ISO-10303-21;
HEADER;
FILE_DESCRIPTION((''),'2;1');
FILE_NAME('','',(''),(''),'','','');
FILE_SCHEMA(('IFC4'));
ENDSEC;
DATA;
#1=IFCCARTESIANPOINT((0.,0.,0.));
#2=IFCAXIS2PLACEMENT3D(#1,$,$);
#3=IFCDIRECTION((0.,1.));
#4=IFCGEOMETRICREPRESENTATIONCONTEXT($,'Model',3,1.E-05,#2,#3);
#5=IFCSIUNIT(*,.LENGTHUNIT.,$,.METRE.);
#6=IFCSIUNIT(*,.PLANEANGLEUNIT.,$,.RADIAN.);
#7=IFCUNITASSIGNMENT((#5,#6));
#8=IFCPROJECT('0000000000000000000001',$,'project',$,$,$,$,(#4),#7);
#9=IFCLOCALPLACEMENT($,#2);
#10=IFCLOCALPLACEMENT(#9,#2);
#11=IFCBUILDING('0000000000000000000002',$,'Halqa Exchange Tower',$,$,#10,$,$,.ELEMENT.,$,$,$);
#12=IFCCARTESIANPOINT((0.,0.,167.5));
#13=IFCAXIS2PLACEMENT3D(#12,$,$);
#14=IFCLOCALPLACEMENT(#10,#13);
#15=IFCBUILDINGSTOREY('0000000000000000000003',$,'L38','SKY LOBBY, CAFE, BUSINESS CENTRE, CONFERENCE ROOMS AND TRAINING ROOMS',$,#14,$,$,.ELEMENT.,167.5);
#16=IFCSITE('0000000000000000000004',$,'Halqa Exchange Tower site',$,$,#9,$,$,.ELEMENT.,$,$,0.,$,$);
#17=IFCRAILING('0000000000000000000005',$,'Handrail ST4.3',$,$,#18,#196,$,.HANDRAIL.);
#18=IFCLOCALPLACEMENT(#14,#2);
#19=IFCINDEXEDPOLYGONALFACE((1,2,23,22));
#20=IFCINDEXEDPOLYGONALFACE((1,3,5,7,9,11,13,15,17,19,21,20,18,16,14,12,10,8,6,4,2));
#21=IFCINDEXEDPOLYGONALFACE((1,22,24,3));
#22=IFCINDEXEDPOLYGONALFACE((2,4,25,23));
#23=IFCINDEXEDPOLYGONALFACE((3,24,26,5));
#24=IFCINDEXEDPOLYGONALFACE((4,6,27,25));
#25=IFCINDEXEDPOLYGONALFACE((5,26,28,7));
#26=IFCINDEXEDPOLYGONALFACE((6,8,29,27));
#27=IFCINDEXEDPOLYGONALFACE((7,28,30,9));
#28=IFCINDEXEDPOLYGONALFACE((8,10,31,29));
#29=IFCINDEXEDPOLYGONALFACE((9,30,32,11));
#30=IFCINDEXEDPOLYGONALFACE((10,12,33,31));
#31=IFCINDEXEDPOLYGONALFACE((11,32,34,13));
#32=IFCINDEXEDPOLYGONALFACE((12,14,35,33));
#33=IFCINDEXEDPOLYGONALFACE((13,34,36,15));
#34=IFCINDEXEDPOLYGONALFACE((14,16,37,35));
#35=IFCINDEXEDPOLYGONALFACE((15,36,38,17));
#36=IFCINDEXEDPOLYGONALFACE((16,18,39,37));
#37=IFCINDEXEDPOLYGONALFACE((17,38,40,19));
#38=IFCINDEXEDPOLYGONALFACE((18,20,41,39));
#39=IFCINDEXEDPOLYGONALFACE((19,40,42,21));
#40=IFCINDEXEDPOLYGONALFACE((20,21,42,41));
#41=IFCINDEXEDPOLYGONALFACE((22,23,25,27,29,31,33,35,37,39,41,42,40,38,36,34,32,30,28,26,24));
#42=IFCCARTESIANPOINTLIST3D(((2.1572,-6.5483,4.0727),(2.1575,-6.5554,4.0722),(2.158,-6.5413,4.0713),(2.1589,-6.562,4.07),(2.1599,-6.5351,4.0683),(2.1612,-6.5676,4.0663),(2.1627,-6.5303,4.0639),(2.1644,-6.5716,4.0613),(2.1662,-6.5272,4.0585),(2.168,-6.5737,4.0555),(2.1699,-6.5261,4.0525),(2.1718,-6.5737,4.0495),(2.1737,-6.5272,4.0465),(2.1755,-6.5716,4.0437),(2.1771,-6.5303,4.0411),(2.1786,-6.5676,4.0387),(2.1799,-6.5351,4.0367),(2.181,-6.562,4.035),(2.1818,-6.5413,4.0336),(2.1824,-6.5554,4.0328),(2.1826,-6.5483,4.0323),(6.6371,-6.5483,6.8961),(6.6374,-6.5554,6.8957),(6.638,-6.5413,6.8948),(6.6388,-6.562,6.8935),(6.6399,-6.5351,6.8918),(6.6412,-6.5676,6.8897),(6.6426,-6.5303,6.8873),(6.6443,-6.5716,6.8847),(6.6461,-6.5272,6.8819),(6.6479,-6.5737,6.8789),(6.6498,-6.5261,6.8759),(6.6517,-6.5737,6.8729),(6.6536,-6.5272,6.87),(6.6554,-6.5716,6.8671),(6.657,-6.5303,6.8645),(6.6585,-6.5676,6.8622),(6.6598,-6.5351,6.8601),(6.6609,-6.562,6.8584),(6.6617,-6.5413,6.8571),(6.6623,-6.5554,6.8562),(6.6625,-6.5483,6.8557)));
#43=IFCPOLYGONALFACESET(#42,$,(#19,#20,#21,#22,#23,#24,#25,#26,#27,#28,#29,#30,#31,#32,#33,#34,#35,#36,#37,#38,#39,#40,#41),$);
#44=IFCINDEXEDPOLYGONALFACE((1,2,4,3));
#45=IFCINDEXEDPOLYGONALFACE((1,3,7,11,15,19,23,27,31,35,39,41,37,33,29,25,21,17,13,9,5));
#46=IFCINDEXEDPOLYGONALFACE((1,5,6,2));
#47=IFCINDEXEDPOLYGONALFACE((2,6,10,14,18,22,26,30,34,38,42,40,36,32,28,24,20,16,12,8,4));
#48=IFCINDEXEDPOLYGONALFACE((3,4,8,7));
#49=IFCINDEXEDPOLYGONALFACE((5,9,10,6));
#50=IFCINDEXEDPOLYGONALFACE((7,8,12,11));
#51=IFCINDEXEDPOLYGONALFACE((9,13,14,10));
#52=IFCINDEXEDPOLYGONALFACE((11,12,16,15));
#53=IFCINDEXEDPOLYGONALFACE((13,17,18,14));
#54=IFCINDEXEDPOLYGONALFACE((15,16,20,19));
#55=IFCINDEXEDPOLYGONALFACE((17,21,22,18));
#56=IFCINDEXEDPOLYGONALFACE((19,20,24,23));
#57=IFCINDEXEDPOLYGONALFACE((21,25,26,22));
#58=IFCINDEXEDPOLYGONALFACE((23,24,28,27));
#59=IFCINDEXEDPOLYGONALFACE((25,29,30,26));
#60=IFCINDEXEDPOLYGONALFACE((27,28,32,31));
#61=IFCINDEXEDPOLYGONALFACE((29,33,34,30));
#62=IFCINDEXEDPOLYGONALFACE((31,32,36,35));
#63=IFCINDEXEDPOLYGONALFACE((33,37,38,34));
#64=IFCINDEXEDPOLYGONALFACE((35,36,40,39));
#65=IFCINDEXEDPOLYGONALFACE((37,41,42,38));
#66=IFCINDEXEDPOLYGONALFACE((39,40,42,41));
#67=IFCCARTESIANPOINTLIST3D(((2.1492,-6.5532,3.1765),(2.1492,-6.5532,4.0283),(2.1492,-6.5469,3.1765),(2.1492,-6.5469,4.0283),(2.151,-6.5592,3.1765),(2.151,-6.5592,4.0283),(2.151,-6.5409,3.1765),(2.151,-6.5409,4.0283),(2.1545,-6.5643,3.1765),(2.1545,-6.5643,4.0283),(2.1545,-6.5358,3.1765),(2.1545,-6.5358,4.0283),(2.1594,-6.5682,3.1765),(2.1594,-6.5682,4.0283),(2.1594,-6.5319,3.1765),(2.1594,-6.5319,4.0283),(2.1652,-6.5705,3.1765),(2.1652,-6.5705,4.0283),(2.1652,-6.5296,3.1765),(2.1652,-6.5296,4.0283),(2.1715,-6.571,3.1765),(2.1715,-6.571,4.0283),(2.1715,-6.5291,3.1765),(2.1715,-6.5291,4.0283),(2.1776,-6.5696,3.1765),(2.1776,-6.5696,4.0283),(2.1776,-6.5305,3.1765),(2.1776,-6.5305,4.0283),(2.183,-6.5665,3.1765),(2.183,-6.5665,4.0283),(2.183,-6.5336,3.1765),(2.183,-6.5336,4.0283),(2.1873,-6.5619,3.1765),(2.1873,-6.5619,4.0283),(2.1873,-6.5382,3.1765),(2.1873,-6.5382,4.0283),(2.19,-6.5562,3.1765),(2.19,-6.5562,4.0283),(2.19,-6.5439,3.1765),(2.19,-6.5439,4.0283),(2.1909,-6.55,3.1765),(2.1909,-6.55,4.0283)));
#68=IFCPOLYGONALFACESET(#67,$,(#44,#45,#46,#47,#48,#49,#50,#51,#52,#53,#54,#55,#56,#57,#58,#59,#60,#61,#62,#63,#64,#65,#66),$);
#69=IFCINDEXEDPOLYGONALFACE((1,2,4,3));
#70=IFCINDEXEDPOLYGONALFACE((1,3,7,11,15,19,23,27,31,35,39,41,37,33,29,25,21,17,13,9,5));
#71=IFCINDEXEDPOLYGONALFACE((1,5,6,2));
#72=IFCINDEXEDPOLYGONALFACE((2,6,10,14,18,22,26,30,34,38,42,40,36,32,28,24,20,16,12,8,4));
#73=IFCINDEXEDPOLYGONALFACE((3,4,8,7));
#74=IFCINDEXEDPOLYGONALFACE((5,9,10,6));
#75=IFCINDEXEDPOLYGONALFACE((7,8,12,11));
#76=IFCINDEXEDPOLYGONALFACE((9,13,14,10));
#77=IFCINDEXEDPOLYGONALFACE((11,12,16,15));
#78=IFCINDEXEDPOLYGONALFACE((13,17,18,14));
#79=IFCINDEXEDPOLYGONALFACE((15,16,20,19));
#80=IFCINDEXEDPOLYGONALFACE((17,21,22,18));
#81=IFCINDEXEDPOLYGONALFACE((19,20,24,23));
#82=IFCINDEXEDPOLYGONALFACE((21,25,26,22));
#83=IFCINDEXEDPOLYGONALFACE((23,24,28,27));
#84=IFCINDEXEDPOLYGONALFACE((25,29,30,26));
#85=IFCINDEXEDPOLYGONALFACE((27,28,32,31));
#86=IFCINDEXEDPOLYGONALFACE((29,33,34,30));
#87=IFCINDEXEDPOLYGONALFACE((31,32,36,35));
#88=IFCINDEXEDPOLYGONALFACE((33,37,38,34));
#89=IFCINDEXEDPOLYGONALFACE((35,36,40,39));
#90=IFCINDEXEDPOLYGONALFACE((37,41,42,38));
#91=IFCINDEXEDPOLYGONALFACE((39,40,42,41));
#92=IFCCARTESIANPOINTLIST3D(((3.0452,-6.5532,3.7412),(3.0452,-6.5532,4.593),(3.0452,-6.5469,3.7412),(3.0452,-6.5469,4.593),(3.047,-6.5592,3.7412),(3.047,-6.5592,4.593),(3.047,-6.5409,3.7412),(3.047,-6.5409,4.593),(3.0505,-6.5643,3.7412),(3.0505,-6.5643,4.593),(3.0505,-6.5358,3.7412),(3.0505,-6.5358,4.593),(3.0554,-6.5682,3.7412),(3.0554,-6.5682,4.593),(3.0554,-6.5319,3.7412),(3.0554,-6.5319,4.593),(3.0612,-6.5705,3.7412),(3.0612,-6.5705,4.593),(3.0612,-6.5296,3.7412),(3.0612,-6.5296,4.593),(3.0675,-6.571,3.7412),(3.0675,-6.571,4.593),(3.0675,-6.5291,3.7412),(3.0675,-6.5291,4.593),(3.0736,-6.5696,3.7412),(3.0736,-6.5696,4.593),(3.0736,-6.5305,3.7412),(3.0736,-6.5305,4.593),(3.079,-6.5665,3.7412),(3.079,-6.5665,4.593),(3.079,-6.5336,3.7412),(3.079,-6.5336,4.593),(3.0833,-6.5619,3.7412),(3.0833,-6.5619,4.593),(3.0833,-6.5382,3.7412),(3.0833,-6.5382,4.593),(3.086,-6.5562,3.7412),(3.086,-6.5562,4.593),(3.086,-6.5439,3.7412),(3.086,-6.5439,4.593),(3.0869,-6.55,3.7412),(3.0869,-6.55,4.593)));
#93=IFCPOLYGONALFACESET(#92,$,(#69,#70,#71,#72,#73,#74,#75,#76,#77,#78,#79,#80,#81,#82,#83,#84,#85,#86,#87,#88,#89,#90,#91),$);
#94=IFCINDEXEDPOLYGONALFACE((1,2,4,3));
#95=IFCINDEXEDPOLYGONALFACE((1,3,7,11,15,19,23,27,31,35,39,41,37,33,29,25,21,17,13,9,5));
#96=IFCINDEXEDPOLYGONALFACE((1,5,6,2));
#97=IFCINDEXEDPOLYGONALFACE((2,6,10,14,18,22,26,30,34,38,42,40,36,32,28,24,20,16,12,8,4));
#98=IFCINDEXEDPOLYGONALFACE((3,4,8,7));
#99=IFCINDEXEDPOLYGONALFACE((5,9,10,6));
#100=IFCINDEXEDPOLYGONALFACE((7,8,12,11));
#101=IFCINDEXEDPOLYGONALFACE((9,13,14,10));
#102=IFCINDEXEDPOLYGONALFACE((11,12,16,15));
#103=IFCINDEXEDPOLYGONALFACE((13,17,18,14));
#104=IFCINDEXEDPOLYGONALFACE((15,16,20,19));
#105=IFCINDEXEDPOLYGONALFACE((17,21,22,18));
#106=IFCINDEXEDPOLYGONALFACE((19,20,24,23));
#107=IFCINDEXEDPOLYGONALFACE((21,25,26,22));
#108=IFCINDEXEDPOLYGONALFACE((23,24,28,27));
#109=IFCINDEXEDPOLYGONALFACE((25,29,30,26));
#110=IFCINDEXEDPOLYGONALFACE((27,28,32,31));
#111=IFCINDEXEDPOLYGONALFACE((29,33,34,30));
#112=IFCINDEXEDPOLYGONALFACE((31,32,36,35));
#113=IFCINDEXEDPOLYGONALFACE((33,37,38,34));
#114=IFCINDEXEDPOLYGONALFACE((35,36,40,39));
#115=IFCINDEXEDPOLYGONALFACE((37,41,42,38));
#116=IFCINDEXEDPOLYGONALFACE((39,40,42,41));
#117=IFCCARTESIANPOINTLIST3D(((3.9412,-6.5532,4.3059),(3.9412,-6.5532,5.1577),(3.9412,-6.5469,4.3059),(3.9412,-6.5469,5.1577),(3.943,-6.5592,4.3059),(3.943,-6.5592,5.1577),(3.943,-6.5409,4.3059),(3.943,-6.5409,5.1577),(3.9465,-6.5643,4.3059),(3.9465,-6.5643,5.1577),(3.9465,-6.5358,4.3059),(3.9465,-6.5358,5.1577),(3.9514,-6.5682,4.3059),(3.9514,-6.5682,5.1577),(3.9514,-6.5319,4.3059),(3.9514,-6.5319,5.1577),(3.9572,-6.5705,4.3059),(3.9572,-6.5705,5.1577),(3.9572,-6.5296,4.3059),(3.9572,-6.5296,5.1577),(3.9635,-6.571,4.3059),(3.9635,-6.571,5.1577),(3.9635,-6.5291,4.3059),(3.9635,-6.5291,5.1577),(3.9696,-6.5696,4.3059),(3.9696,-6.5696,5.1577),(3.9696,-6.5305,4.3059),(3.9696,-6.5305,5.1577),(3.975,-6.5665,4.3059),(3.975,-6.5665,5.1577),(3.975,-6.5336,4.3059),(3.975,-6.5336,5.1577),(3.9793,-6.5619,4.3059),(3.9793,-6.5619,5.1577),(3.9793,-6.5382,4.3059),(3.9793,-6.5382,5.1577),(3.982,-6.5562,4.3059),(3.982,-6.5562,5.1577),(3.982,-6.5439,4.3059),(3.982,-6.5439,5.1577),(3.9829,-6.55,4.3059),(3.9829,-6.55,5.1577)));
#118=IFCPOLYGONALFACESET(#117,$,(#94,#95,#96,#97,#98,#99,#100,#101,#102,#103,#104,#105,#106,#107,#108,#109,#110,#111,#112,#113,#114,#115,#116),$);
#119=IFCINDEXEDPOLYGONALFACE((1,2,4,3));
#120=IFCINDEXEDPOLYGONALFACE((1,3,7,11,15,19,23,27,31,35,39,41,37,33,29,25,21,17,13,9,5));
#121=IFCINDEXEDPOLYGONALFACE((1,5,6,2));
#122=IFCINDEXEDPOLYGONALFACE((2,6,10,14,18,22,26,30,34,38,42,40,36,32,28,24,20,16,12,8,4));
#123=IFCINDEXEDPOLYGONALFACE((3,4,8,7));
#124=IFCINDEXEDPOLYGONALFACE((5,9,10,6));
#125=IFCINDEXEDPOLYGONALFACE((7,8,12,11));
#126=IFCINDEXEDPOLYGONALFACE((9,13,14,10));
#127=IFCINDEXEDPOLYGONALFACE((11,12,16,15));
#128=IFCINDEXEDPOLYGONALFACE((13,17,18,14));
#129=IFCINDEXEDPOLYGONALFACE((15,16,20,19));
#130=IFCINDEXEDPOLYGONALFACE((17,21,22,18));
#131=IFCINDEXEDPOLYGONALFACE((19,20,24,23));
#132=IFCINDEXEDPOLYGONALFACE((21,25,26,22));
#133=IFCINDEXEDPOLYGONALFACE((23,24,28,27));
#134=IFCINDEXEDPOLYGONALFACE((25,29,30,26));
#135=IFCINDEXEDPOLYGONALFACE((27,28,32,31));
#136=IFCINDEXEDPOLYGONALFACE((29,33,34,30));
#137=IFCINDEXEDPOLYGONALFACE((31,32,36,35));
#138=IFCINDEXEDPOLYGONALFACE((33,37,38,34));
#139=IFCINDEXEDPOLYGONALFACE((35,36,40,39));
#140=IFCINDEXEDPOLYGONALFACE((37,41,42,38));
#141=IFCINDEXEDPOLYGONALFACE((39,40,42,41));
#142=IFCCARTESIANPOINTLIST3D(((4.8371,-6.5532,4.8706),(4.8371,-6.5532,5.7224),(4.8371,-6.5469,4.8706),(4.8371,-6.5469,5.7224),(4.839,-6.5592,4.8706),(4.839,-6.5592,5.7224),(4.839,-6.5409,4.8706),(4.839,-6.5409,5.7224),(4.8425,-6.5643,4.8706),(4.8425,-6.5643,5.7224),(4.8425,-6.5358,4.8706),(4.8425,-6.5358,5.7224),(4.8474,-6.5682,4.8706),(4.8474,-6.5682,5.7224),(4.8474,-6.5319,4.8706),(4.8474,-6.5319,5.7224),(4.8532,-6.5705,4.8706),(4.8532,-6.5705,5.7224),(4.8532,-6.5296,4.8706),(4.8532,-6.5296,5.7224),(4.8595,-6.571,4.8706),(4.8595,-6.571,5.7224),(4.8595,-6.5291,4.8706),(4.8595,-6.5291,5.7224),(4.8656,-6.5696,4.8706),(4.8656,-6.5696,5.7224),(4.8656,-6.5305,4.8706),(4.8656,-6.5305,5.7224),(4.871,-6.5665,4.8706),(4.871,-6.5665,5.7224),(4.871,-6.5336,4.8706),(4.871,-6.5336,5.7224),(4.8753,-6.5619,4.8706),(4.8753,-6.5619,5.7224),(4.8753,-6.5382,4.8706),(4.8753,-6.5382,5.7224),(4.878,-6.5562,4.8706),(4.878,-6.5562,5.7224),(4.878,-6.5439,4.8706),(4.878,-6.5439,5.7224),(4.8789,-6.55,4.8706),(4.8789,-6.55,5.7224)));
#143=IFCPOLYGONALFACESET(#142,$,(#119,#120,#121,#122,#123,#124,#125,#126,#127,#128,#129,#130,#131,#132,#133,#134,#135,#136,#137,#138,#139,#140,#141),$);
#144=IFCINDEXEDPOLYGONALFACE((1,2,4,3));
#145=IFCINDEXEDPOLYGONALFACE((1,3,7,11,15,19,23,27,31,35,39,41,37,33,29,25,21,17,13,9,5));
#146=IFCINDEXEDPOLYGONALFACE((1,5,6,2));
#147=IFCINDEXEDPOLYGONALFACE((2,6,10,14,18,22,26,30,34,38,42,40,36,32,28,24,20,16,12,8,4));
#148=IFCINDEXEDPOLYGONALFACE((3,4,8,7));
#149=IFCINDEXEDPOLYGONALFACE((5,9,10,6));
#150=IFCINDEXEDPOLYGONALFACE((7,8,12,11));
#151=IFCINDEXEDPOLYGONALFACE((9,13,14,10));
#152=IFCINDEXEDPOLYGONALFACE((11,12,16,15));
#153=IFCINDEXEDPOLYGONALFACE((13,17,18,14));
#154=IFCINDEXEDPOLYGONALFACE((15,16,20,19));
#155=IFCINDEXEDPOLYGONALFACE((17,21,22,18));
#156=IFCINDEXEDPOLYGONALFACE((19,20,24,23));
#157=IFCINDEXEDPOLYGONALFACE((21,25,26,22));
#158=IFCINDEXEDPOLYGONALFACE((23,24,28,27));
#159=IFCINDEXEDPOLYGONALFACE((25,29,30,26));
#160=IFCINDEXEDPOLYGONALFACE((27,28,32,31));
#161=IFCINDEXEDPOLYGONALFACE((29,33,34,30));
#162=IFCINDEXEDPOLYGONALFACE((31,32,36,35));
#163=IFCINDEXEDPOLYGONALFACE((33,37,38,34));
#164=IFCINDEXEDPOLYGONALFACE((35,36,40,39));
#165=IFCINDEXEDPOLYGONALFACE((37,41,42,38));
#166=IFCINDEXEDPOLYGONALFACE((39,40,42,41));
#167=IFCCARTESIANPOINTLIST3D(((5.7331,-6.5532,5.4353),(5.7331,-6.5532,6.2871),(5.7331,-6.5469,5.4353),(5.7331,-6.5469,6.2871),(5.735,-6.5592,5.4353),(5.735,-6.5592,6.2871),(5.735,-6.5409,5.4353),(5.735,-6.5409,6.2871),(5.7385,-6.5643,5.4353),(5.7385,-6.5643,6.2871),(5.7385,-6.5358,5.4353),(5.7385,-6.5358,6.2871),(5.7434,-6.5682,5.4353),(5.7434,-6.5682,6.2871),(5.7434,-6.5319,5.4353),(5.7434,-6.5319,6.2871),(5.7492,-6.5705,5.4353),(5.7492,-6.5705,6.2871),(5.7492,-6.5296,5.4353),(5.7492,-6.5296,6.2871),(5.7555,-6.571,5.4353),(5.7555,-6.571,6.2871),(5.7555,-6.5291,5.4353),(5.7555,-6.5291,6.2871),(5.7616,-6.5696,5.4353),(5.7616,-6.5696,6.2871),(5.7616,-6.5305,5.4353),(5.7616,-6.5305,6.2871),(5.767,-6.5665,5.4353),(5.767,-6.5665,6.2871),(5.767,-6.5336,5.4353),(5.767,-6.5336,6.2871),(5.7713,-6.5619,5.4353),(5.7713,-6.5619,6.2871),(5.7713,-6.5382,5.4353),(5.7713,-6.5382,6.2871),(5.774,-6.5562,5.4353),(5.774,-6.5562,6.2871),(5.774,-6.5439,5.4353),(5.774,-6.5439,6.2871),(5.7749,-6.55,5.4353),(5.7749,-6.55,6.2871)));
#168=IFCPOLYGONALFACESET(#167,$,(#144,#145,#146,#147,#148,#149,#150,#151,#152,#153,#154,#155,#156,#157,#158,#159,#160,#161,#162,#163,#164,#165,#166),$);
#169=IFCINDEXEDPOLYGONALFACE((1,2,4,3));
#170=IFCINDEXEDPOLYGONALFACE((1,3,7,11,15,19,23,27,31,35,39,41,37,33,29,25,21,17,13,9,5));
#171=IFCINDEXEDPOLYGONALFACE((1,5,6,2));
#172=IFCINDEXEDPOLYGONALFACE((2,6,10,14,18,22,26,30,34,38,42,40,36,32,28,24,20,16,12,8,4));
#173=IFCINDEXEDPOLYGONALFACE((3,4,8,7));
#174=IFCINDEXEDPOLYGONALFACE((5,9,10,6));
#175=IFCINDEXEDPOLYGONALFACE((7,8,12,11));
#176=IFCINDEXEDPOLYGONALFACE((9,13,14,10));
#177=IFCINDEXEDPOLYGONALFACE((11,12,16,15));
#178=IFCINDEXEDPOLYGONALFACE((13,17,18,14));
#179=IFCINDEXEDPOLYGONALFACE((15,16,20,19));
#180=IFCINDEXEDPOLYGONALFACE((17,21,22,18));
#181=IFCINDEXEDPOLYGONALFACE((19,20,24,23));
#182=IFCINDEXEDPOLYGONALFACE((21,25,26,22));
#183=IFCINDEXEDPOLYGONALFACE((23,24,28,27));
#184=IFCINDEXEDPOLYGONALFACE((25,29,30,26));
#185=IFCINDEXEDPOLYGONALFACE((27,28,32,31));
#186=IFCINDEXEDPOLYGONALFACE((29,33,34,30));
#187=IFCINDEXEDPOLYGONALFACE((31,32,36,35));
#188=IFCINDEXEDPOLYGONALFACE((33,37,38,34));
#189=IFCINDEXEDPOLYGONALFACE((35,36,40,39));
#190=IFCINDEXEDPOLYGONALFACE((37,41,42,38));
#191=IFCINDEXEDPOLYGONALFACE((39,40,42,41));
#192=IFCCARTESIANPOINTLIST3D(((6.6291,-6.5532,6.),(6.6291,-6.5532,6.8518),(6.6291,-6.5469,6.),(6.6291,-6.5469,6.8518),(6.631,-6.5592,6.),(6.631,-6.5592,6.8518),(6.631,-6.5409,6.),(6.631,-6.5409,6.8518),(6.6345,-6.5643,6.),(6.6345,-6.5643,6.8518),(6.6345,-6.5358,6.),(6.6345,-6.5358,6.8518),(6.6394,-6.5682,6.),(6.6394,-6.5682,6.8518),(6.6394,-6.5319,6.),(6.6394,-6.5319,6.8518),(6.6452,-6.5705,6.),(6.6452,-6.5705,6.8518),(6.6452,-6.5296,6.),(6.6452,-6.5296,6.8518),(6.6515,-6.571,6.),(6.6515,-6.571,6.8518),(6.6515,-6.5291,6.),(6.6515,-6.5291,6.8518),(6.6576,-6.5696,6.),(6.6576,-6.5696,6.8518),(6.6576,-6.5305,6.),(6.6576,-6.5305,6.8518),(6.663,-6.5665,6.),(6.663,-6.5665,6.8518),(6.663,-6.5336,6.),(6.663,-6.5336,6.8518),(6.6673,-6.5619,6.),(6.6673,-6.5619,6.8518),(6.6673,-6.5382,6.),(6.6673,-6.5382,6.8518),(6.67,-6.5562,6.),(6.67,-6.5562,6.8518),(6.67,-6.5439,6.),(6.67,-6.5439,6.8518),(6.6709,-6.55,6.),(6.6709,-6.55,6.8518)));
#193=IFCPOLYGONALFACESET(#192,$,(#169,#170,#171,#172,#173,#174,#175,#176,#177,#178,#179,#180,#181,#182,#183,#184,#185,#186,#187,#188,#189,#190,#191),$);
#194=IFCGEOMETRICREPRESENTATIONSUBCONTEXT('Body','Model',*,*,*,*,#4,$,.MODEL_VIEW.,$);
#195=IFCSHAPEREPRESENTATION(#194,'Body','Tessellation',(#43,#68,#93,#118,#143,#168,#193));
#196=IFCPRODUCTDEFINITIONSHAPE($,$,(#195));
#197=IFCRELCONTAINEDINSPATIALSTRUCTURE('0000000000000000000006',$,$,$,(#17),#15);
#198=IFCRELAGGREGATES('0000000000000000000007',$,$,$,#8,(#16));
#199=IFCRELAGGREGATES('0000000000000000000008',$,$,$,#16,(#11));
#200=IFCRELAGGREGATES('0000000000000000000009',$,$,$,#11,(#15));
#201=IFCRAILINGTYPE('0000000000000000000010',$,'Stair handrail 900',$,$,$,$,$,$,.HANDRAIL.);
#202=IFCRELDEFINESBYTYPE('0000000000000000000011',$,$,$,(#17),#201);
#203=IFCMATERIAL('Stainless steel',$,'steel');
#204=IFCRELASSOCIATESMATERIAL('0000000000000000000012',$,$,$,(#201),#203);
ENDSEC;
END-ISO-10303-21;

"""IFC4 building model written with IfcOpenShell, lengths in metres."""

from ifc_helpers import new_model, si_unit, direction, frame, origin, origin_2d, place, context, subcontext, project, spatial, circle, extrude, material, type_object, element, save


model = new_model("IFC4")

# Units and contexts
model_context = context("Model", 3, precision=1e-05, world=origin(), true_north=direction((0.0, 1.0)))
body_context = subcontext(model_context, "Body", "Model", "MODEL_VIEW")
ifc_project = project(units=[si_unit("LENGTHUNIT", "METRE"), si_unit("PLANEANGLEUNIT", "RADIAN")], contexts=[model_context])

# Site, building, storey
site_placement = place(None, origin())
site = spatial("IfcSite", under=ifc_project, at=site_placement, Name="Halqa Exchange Tower site", CompositionType="ELEMENT", RefElevation=0.0)
building_placement = place(site_placement, origin())
building = spatial("IfcBuilding", under=site, at=building_placement, Name="Halqa Exchange Tower", CompositionType="ELEMENT")
storey_placement = place(building_placement, frame((0.0, 0.0, 167.5)))
storey = spatial("IfcBuildingStorey", under=building, at=storey_placement, Name="L38", Description="SKY LOBBY, CAFE, BUSINESS CENTRE, CONFERENCE ROOMS AND TRAINING ROOMS", CompositionType="ELEMENT", Elevation=167.5)

# Railing
ifc_material_1 = material(Name="Stainless steel", Category="steel")
railing_type = type_object("IfcRailingType", Name="Stair handrail 900", PredefinedType="HANDRAIL", material=ifc_material_1)
railing_1_placement = place(storey_placement, frame((2.1699, -6.55, 3.1765)))
element("IfcRailing", 1, at=railing_1_placement, inside=storey, type_object=railing_type, Name="Handrail ST4.3", PredefinedType="HANDRAIL", context=body_context, shape_type="SweptSolid", body=[
    extrude(circle(Radius=0.0239, at=origin_2d()), frame((0.0, 0.0, 0.876), z_axis=(0.845998, 0.0, 0.533186), x_axis=(0.0, 1.0, 0.0)), (0.0, 0.0, 1.0), 5.2954),
    extrude(circle(Radius=0.021, at=origin_2d()), origin(), (0.0, 0.0, 1.0), 0.8518),
    extrude(circle(Radius=0.021, at=origin_2d()), frame((0.896, 0.0, 0.5647)), (0.0, 0.0, 1.0), 0.8518),
    extrude(circle(Radius=0.021, at=origin_2d()), frame((1.792, 0.0, 1.1294)), (0.0, 0.0, 1.0), 0.8518),
    extrude(circle(Radius=0.021, at=origin_2d()), frame((2.688, 0.0, 1.6941)), (0.0, 0.0, 1.0), 0.8518),
    extrude(circle(Radius=0.021, at=origin_2d()), frame((3.584, 0.0, 2.2588)), (0.0, 0.0, 1.0), 0.8518),
    extrude(circle(Radius=0.021, at=origin_2d()), frame((4.48, 0.0, 2.8235)), (0.0, 0.0, 1.0), 0.8518),
])

save(model, "model.ifc")
